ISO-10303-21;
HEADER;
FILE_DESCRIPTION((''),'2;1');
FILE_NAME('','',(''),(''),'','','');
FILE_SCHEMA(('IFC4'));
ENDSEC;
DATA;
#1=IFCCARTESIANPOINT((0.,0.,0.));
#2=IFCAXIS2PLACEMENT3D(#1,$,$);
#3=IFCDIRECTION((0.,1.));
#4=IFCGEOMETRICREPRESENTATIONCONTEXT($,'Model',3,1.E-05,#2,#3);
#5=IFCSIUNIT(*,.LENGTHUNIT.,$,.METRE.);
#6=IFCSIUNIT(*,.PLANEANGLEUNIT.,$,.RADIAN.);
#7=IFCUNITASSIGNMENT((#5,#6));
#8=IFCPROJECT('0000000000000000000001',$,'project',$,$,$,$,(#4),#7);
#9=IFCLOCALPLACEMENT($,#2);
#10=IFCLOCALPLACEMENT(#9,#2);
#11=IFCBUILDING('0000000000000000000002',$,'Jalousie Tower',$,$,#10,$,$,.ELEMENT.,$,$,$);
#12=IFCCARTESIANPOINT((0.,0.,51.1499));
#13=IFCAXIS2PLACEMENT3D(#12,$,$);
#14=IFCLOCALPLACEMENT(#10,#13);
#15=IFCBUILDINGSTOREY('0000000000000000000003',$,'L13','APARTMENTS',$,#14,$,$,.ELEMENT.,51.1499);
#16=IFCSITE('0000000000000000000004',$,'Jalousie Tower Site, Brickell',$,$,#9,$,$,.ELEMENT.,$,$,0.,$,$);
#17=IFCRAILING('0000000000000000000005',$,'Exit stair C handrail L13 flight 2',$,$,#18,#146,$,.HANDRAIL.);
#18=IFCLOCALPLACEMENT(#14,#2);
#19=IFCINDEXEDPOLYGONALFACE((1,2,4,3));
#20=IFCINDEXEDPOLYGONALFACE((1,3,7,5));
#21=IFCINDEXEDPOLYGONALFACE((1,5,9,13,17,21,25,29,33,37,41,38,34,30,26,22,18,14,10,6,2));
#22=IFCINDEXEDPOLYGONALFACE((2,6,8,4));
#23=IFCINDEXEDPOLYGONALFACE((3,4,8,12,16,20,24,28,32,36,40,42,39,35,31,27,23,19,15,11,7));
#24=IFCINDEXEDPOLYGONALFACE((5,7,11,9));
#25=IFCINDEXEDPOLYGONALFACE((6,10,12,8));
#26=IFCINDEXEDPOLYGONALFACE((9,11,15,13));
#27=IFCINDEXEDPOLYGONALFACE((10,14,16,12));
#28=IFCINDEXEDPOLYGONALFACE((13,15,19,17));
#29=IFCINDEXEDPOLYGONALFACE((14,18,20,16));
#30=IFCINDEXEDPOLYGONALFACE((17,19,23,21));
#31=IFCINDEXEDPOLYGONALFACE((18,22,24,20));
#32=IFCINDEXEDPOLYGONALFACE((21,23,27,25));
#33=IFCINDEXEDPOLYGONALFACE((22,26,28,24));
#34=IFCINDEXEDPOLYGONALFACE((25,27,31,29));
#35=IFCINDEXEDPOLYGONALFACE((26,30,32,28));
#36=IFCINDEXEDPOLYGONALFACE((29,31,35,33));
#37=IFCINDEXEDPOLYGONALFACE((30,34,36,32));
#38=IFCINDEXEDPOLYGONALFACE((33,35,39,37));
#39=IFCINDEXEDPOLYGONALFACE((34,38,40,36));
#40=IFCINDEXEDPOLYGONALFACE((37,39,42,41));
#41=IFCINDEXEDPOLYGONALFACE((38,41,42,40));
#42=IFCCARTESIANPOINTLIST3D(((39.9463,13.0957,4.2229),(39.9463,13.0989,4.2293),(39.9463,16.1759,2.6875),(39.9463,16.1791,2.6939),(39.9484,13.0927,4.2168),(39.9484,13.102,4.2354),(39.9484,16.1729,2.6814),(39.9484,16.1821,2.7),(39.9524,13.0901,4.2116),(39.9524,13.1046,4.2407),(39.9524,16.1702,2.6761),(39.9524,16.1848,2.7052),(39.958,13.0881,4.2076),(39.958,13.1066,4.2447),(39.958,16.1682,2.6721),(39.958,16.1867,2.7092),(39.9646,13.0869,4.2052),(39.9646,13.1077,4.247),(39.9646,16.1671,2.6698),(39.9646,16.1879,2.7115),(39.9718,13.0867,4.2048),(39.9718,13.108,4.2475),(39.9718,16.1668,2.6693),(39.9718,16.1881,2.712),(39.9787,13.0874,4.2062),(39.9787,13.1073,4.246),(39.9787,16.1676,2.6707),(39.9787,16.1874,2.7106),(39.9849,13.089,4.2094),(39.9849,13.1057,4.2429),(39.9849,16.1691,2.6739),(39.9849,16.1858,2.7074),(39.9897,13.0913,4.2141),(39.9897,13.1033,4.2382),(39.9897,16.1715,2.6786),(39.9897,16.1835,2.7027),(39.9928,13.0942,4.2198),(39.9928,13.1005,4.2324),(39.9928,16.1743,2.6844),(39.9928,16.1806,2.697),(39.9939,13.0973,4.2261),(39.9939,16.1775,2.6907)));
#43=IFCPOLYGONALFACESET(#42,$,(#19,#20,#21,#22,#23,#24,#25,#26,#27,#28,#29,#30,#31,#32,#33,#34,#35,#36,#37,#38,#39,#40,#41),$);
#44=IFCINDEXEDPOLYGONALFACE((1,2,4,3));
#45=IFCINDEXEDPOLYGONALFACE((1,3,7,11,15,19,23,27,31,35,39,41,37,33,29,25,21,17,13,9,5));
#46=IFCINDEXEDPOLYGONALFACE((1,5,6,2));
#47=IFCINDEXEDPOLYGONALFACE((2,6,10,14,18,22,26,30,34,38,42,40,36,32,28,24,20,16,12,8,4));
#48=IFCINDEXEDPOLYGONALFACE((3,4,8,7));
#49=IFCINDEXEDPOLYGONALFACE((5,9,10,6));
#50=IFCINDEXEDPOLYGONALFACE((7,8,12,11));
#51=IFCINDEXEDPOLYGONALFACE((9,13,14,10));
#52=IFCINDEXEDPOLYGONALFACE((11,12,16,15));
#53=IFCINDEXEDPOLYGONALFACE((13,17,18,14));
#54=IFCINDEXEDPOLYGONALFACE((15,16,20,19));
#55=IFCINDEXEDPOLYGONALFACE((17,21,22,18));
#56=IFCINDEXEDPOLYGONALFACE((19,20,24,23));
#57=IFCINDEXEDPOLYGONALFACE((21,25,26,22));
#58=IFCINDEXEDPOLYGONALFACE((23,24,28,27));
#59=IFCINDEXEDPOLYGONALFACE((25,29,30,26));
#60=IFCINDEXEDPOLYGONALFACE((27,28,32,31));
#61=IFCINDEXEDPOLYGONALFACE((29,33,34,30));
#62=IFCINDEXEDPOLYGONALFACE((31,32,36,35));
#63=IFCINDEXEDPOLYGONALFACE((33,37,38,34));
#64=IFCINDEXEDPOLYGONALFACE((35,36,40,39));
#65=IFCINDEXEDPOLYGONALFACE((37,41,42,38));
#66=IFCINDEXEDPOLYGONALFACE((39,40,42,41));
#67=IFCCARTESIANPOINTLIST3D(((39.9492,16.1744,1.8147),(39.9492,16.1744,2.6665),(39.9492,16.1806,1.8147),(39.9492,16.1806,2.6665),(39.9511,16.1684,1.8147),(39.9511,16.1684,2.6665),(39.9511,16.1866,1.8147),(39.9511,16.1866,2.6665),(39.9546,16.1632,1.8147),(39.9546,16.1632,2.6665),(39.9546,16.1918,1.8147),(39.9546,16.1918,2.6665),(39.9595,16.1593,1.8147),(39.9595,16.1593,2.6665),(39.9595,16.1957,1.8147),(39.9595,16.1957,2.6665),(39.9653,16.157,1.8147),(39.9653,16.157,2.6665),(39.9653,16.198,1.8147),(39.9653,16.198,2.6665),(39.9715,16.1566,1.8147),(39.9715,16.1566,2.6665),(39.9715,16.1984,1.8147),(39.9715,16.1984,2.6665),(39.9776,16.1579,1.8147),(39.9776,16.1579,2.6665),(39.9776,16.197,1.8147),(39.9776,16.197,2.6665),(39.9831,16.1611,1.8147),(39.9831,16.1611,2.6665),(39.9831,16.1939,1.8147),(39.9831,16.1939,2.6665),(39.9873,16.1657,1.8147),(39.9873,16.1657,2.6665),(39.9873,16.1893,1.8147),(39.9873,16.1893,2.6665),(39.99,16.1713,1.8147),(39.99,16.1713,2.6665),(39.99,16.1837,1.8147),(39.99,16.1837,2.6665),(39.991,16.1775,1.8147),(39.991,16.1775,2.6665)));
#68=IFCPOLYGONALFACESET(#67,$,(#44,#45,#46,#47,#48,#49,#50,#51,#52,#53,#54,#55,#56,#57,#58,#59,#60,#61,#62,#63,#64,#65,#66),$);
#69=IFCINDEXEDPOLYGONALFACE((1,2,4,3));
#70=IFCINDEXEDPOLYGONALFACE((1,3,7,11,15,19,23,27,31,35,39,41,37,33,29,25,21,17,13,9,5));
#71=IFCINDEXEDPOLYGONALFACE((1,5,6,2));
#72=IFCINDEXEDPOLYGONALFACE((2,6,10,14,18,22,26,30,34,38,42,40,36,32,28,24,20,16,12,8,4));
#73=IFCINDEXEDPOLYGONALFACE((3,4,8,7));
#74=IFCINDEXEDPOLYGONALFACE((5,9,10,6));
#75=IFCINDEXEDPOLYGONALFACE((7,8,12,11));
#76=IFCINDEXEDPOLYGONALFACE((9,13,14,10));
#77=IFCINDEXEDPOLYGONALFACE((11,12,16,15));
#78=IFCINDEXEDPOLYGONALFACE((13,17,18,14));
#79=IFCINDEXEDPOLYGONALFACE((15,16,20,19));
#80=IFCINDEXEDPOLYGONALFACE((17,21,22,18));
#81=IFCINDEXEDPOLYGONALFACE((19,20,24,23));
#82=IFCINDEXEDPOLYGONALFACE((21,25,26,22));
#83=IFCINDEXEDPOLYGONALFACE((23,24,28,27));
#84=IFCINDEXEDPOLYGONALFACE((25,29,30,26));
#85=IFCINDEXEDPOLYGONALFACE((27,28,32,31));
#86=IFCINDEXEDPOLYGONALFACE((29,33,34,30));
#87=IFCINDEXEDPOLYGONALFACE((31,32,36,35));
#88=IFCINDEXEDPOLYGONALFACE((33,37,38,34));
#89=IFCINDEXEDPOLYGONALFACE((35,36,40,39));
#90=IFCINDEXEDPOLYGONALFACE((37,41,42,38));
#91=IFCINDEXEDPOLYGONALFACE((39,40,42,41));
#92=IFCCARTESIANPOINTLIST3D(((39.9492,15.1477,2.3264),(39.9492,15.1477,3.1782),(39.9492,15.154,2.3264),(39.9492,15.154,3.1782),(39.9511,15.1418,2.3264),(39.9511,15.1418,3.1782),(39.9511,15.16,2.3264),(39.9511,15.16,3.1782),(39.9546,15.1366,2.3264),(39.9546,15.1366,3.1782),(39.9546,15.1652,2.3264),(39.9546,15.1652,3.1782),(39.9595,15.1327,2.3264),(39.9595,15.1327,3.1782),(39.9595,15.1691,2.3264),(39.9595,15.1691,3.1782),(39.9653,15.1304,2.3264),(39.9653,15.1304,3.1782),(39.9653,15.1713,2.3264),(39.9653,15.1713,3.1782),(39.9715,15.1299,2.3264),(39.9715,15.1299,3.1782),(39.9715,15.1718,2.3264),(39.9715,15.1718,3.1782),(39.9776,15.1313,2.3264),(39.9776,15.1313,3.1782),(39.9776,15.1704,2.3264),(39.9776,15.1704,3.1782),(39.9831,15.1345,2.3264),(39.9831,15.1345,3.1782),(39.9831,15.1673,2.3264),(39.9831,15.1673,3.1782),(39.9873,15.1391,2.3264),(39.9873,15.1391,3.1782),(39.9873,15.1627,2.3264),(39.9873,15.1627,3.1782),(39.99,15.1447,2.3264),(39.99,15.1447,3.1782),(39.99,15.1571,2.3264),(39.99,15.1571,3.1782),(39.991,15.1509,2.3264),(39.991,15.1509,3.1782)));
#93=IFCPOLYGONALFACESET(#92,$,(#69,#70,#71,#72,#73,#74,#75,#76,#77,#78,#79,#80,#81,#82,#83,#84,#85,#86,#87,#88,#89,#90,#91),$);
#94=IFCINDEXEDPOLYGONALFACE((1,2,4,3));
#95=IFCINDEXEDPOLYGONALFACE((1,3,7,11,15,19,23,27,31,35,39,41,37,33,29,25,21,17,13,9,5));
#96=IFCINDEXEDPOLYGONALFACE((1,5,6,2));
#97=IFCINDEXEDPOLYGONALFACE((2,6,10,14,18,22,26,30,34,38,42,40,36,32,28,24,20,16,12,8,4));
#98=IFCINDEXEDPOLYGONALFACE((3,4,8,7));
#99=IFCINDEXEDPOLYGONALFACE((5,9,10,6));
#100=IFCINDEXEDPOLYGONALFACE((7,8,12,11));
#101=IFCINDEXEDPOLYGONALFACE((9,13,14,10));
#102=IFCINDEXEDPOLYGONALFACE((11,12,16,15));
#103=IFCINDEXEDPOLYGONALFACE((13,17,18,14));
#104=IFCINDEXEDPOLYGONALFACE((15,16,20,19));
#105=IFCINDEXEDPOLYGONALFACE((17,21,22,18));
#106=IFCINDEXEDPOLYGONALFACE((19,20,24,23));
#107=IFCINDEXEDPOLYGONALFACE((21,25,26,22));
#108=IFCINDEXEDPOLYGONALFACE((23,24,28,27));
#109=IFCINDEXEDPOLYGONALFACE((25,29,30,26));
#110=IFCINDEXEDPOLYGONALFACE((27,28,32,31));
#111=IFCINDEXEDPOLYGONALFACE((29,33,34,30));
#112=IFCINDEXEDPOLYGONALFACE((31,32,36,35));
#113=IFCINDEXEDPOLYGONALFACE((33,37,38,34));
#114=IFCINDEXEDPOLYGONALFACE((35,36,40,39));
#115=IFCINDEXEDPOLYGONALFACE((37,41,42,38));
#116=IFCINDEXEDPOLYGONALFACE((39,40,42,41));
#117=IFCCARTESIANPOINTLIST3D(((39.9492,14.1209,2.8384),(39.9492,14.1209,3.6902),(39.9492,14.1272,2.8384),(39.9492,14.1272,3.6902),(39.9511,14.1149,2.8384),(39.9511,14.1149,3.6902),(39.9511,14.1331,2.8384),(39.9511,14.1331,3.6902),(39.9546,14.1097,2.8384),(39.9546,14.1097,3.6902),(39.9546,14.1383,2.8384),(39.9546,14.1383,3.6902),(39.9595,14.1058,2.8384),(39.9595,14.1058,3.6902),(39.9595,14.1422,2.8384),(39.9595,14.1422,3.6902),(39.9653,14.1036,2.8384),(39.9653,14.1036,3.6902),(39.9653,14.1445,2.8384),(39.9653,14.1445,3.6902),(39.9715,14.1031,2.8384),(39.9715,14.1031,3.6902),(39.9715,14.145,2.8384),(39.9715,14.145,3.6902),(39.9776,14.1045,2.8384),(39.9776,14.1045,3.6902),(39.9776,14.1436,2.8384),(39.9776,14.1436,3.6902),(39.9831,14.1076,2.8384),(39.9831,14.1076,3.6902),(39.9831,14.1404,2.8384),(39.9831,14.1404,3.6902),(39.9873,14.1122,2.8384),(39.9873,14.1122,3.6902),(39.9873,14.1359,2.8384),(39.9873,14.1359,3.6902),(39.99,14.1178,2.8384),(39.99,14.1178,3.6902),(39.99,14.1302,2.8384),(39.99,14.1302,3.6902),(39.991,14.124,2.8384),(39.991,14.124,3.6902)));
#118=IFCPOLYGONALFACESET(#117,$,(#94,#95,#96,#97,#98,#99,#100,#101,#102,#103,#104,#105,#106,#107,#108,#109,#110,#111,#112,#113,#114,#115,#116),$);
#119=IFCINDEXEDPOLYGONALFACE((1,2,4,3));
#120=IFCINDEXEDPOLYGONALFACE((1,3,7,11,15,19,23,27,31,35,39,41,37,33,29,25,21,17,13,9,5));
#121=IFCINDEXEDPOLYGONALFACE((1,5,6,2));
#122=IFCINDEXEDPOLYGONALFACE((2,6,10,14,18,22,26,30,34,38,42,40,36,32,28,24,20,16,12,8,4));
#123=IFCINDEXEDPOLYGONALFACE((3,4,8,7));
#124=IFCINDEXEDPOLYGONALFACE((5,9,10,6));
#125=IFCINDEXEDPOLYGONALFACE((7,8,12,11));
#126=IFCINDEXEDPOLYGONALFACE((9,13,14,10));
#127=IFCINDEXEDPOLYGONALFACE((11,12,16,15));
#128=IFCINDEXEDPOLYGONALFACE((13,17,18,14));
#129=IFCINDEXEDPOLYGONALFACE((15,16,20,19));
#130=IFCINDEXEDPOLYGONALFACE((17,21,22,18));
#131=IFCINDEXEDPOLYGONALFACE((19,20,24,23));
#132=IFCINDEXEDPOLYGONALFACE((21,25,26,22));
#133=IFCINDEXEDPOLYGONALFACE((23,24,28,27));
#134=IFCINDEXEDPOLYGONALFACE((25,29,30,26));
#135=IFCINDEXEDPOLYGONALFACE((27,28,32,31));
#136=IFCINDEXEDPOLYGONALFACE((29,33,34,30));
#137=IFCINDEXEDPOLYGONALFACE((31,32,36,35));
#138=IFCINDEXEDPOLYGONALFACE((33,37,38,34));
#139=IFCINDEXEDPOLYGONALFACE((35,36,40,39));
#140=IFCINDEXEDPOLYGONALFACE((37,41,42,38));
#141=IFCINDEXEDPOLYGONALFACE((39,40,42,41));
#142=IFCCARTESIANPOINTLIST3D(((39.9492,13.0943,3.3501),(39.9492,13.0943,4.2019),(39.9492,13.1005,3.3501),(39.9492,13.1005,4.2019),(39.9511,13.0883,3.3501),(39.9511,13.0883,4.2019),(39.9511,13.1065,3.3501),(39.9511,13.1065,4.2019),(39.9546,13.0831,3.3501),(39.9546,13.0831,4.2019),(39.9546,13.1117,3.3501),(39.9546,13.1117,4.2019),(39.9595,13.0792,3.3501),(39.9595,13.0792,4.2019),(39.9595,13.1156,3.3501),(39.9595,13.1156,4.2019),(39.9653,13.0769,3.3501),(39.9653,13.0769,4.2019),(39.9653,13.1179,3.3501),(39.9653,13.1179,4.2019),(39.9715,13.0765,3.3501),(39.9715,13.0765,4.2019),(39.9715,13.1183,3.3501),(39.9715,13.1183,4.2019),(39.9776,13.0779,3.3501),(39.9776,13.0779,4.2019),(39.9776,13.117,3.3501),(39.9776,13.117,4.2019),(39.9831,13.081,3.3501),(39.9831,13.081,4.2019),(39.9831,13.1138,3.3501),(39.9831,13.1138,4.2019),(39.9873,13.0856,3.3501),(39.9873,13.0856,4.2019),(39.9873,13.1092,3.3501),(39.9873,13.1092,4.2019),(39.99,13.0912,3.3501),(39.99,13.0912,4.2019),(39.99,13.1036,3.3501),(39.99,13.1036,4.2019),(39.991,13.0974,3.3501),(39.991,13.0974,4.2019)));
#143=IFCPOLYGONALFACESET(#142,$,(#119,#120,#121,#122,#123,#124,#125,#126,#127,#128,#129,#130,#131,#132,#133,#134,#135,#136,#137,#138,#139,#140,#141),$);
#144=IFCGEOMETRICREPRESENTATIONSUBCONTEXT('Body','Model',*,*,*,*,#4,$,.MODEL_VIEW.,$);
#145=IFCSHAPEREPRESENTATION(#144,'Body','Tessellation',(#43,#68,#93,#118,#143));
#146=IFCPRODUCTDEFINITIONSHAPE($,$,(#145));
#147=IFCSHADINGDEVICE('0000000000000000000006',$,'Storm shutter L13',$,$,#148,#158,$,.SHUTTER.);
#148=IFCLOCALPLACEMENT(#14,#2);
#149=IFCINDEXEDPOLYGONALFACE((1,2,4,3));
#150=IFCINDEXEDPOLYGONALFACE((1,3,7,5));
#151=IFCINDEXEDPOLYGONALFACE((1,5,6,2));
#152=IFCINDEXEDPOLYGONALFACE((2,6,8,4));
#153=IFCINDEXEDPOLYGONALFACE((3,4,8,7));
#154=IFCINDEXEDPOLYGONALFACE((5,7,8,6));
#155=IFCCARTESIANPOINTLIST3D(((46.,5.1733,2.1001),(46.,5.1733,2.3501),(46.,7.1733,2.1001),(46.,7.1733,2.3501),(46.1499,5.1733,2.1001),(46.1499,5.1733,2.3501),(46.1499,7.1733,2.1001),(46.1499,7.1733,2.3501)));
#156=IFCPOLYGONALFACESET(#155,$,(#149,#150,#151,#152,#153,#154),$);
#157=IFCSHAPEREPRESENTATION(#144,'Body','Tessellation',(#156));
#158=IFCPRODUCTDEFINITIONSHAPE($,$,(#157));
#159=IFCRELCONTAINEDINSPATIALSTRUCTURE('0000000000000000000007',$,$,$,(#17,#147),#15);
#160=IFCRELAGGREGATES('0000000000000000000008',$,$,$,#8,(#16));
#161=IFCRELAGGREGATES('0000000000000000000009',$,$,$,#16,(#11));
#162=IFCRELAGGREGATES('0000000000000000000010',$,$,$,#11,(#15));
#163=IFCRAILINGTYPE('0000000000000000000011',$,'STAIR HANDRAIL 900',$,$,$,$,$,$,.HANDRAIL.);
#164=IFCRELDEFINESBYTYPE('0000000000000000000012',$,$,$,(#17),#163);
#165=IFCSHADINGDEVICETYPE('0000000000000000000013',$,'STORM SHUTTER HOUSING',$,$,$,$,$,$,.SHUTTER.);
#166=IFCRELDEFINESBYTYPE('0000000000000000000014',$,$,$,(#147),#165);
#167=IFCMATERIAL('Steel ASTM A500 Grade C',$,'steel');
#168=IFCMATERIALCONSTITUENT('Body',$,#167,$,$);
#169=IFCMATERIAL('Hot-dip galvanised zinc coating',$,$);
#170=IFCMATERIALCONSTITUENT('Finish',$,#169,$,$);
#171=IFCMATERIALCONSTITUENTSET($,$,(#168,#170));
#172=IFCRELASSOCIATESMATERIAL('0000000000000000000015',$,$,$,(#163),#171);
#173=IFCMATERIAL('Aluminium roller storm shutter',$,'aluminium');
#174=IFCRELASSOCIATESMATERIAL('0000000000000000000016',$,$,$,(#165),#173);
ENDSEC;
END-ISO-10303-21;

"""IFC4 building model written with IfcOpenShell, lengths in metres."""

from ifc_helpers import new_model, si_unit, direction, frame, origin, origin_2d, place, context, subcontext, project, spatial, rectangle, circle, extrude, material, constituent, constituent_set, type_object, element, save


model = new_model("IFC4")

# Units and contexts
model_context = context("Model", 3, precision=1e-05, world=origin(), true_north=direction((0.0, 1.0)))
body_context = subcontext(model_context, "Body", "Model", "MODEL_VIEW")
ifc_project = project(units=[si_unit("LENGTHUNIT", "METRE"), si_unit("PLANEANGLEUNIT", "RADIAN")], contexts=[model_context])

# Site, building, storey
site_placement = place(None, origin())
site = spatial("IfcSite", under=ifc_project, at=site_placement, Name="Jalousie Tower Site, Brickell", CompositionType="ELEMENT", RefElevation=0.0)
building_placement = place(site_placement, origin())
building = spatial("IfcBuilding", under=site, at=building_placement, Name="Jalousie Tower", CompositionType="ELEMENT")
storey_placement = place(building_placement, frame((0.0, 0.0, 51.1499)))
storey = spatial("IfcBuildingStorey", under=building, at=storey_placement, Name="L13", Description="APARTMENTS", CompositionType="ELEMENT", Elevation=51.1499)

# Railing
ifc_material_1 = material(Name="Steel ASTM A500 Grade C", Category="steel")
ifc_constituent_1 = constituent(ifc_material_1, Name="Body")
ifc_material_2 = material(Name="Hot-dip galvanised zinc coating")
ifc_constituent_2 = constituent(ifc_material_2, Name="Finish")
ifc_constituent_set_1 = constituent_set(constituents=[ifc_constituent_1, ifc_constituent_2])
railing_type = type_object("IfcRailingType", Name="STAIR HANDRAIL 900", PredefinedType="HANDRAIL", material=ifc_constituent_set_1)
railing_placement = place(storey_placement, frame((39.97, 16.1775, 1.8147)))
element("IfcRailing", 1, at=railing_placement, inside=storey, type_object=railing_type, Name="Exit stair C handrail L13 flight 2", PredefinedType="HANDRAIL", context=body_context, shape_type="SweptSolid", body=[
    extrude(circle(Radius=0.0239, at=origin_2d()), frame((0.0, 0.0, 0.876), z_axis=(0.0, -0.894966, 0.446135), x_axis=(1.0, 0.0, 0.0)), (0.0, 0.0, 1.0), 3.4417),
    extrude(circle(Radius=0.021, at=origin_2d()), origin(), (0.0, 0.0, 1.0), 0.8518),
    extrude(circle(Radius=0.021, at=origin_2d()), frame((0.0, -1.0266, 0.5117)), (0.0, 0.0, 1.0), 0.8518),
    extrude(circle(Radius=0.021, at=origin_2d()), frame((0.0, -2.0535, 1.0237)), (0.0, 0.0, 1.0), 0.8518),
    extrude(circle(Radius=0.021, at=origin_2d()), frame((0.0, -3.0801, 1.5354)), (0.0, 0.0, 1.0), 0.8518),
])

# Shading device
ifc_material_3 = material(Name="Aluminium roller storm shutter", Category="aluminium")
shading_device_type = type_object("IfcShadingDeviceType", Name="STORM SHUTTER HOUSING", PredefinedType="SHUTTER", material=ifc_material_3)
shading_device_placement = place(storey_placement, frame((46.075, 6.1733, 2.1001), z_axis=(0.0, 0.0, 1.0), x_axis=(0.0, 1.0, 0.0)))
element("IfcShadingDevice", 2, at=shading_device_placement, inside=storey, type_object=shading_device_type, Name="Storm shutter L13", PredefinedType="SHUTTER", context=body_context, shape_type="SweptSolid", body=[
    extrude(rectangle(XDim=2.0, YDim=0.1499, at=origin_2d()), origin(), (0.0, 0.0, 1.0), 0.25),
])

save(model, "model.ifc")
